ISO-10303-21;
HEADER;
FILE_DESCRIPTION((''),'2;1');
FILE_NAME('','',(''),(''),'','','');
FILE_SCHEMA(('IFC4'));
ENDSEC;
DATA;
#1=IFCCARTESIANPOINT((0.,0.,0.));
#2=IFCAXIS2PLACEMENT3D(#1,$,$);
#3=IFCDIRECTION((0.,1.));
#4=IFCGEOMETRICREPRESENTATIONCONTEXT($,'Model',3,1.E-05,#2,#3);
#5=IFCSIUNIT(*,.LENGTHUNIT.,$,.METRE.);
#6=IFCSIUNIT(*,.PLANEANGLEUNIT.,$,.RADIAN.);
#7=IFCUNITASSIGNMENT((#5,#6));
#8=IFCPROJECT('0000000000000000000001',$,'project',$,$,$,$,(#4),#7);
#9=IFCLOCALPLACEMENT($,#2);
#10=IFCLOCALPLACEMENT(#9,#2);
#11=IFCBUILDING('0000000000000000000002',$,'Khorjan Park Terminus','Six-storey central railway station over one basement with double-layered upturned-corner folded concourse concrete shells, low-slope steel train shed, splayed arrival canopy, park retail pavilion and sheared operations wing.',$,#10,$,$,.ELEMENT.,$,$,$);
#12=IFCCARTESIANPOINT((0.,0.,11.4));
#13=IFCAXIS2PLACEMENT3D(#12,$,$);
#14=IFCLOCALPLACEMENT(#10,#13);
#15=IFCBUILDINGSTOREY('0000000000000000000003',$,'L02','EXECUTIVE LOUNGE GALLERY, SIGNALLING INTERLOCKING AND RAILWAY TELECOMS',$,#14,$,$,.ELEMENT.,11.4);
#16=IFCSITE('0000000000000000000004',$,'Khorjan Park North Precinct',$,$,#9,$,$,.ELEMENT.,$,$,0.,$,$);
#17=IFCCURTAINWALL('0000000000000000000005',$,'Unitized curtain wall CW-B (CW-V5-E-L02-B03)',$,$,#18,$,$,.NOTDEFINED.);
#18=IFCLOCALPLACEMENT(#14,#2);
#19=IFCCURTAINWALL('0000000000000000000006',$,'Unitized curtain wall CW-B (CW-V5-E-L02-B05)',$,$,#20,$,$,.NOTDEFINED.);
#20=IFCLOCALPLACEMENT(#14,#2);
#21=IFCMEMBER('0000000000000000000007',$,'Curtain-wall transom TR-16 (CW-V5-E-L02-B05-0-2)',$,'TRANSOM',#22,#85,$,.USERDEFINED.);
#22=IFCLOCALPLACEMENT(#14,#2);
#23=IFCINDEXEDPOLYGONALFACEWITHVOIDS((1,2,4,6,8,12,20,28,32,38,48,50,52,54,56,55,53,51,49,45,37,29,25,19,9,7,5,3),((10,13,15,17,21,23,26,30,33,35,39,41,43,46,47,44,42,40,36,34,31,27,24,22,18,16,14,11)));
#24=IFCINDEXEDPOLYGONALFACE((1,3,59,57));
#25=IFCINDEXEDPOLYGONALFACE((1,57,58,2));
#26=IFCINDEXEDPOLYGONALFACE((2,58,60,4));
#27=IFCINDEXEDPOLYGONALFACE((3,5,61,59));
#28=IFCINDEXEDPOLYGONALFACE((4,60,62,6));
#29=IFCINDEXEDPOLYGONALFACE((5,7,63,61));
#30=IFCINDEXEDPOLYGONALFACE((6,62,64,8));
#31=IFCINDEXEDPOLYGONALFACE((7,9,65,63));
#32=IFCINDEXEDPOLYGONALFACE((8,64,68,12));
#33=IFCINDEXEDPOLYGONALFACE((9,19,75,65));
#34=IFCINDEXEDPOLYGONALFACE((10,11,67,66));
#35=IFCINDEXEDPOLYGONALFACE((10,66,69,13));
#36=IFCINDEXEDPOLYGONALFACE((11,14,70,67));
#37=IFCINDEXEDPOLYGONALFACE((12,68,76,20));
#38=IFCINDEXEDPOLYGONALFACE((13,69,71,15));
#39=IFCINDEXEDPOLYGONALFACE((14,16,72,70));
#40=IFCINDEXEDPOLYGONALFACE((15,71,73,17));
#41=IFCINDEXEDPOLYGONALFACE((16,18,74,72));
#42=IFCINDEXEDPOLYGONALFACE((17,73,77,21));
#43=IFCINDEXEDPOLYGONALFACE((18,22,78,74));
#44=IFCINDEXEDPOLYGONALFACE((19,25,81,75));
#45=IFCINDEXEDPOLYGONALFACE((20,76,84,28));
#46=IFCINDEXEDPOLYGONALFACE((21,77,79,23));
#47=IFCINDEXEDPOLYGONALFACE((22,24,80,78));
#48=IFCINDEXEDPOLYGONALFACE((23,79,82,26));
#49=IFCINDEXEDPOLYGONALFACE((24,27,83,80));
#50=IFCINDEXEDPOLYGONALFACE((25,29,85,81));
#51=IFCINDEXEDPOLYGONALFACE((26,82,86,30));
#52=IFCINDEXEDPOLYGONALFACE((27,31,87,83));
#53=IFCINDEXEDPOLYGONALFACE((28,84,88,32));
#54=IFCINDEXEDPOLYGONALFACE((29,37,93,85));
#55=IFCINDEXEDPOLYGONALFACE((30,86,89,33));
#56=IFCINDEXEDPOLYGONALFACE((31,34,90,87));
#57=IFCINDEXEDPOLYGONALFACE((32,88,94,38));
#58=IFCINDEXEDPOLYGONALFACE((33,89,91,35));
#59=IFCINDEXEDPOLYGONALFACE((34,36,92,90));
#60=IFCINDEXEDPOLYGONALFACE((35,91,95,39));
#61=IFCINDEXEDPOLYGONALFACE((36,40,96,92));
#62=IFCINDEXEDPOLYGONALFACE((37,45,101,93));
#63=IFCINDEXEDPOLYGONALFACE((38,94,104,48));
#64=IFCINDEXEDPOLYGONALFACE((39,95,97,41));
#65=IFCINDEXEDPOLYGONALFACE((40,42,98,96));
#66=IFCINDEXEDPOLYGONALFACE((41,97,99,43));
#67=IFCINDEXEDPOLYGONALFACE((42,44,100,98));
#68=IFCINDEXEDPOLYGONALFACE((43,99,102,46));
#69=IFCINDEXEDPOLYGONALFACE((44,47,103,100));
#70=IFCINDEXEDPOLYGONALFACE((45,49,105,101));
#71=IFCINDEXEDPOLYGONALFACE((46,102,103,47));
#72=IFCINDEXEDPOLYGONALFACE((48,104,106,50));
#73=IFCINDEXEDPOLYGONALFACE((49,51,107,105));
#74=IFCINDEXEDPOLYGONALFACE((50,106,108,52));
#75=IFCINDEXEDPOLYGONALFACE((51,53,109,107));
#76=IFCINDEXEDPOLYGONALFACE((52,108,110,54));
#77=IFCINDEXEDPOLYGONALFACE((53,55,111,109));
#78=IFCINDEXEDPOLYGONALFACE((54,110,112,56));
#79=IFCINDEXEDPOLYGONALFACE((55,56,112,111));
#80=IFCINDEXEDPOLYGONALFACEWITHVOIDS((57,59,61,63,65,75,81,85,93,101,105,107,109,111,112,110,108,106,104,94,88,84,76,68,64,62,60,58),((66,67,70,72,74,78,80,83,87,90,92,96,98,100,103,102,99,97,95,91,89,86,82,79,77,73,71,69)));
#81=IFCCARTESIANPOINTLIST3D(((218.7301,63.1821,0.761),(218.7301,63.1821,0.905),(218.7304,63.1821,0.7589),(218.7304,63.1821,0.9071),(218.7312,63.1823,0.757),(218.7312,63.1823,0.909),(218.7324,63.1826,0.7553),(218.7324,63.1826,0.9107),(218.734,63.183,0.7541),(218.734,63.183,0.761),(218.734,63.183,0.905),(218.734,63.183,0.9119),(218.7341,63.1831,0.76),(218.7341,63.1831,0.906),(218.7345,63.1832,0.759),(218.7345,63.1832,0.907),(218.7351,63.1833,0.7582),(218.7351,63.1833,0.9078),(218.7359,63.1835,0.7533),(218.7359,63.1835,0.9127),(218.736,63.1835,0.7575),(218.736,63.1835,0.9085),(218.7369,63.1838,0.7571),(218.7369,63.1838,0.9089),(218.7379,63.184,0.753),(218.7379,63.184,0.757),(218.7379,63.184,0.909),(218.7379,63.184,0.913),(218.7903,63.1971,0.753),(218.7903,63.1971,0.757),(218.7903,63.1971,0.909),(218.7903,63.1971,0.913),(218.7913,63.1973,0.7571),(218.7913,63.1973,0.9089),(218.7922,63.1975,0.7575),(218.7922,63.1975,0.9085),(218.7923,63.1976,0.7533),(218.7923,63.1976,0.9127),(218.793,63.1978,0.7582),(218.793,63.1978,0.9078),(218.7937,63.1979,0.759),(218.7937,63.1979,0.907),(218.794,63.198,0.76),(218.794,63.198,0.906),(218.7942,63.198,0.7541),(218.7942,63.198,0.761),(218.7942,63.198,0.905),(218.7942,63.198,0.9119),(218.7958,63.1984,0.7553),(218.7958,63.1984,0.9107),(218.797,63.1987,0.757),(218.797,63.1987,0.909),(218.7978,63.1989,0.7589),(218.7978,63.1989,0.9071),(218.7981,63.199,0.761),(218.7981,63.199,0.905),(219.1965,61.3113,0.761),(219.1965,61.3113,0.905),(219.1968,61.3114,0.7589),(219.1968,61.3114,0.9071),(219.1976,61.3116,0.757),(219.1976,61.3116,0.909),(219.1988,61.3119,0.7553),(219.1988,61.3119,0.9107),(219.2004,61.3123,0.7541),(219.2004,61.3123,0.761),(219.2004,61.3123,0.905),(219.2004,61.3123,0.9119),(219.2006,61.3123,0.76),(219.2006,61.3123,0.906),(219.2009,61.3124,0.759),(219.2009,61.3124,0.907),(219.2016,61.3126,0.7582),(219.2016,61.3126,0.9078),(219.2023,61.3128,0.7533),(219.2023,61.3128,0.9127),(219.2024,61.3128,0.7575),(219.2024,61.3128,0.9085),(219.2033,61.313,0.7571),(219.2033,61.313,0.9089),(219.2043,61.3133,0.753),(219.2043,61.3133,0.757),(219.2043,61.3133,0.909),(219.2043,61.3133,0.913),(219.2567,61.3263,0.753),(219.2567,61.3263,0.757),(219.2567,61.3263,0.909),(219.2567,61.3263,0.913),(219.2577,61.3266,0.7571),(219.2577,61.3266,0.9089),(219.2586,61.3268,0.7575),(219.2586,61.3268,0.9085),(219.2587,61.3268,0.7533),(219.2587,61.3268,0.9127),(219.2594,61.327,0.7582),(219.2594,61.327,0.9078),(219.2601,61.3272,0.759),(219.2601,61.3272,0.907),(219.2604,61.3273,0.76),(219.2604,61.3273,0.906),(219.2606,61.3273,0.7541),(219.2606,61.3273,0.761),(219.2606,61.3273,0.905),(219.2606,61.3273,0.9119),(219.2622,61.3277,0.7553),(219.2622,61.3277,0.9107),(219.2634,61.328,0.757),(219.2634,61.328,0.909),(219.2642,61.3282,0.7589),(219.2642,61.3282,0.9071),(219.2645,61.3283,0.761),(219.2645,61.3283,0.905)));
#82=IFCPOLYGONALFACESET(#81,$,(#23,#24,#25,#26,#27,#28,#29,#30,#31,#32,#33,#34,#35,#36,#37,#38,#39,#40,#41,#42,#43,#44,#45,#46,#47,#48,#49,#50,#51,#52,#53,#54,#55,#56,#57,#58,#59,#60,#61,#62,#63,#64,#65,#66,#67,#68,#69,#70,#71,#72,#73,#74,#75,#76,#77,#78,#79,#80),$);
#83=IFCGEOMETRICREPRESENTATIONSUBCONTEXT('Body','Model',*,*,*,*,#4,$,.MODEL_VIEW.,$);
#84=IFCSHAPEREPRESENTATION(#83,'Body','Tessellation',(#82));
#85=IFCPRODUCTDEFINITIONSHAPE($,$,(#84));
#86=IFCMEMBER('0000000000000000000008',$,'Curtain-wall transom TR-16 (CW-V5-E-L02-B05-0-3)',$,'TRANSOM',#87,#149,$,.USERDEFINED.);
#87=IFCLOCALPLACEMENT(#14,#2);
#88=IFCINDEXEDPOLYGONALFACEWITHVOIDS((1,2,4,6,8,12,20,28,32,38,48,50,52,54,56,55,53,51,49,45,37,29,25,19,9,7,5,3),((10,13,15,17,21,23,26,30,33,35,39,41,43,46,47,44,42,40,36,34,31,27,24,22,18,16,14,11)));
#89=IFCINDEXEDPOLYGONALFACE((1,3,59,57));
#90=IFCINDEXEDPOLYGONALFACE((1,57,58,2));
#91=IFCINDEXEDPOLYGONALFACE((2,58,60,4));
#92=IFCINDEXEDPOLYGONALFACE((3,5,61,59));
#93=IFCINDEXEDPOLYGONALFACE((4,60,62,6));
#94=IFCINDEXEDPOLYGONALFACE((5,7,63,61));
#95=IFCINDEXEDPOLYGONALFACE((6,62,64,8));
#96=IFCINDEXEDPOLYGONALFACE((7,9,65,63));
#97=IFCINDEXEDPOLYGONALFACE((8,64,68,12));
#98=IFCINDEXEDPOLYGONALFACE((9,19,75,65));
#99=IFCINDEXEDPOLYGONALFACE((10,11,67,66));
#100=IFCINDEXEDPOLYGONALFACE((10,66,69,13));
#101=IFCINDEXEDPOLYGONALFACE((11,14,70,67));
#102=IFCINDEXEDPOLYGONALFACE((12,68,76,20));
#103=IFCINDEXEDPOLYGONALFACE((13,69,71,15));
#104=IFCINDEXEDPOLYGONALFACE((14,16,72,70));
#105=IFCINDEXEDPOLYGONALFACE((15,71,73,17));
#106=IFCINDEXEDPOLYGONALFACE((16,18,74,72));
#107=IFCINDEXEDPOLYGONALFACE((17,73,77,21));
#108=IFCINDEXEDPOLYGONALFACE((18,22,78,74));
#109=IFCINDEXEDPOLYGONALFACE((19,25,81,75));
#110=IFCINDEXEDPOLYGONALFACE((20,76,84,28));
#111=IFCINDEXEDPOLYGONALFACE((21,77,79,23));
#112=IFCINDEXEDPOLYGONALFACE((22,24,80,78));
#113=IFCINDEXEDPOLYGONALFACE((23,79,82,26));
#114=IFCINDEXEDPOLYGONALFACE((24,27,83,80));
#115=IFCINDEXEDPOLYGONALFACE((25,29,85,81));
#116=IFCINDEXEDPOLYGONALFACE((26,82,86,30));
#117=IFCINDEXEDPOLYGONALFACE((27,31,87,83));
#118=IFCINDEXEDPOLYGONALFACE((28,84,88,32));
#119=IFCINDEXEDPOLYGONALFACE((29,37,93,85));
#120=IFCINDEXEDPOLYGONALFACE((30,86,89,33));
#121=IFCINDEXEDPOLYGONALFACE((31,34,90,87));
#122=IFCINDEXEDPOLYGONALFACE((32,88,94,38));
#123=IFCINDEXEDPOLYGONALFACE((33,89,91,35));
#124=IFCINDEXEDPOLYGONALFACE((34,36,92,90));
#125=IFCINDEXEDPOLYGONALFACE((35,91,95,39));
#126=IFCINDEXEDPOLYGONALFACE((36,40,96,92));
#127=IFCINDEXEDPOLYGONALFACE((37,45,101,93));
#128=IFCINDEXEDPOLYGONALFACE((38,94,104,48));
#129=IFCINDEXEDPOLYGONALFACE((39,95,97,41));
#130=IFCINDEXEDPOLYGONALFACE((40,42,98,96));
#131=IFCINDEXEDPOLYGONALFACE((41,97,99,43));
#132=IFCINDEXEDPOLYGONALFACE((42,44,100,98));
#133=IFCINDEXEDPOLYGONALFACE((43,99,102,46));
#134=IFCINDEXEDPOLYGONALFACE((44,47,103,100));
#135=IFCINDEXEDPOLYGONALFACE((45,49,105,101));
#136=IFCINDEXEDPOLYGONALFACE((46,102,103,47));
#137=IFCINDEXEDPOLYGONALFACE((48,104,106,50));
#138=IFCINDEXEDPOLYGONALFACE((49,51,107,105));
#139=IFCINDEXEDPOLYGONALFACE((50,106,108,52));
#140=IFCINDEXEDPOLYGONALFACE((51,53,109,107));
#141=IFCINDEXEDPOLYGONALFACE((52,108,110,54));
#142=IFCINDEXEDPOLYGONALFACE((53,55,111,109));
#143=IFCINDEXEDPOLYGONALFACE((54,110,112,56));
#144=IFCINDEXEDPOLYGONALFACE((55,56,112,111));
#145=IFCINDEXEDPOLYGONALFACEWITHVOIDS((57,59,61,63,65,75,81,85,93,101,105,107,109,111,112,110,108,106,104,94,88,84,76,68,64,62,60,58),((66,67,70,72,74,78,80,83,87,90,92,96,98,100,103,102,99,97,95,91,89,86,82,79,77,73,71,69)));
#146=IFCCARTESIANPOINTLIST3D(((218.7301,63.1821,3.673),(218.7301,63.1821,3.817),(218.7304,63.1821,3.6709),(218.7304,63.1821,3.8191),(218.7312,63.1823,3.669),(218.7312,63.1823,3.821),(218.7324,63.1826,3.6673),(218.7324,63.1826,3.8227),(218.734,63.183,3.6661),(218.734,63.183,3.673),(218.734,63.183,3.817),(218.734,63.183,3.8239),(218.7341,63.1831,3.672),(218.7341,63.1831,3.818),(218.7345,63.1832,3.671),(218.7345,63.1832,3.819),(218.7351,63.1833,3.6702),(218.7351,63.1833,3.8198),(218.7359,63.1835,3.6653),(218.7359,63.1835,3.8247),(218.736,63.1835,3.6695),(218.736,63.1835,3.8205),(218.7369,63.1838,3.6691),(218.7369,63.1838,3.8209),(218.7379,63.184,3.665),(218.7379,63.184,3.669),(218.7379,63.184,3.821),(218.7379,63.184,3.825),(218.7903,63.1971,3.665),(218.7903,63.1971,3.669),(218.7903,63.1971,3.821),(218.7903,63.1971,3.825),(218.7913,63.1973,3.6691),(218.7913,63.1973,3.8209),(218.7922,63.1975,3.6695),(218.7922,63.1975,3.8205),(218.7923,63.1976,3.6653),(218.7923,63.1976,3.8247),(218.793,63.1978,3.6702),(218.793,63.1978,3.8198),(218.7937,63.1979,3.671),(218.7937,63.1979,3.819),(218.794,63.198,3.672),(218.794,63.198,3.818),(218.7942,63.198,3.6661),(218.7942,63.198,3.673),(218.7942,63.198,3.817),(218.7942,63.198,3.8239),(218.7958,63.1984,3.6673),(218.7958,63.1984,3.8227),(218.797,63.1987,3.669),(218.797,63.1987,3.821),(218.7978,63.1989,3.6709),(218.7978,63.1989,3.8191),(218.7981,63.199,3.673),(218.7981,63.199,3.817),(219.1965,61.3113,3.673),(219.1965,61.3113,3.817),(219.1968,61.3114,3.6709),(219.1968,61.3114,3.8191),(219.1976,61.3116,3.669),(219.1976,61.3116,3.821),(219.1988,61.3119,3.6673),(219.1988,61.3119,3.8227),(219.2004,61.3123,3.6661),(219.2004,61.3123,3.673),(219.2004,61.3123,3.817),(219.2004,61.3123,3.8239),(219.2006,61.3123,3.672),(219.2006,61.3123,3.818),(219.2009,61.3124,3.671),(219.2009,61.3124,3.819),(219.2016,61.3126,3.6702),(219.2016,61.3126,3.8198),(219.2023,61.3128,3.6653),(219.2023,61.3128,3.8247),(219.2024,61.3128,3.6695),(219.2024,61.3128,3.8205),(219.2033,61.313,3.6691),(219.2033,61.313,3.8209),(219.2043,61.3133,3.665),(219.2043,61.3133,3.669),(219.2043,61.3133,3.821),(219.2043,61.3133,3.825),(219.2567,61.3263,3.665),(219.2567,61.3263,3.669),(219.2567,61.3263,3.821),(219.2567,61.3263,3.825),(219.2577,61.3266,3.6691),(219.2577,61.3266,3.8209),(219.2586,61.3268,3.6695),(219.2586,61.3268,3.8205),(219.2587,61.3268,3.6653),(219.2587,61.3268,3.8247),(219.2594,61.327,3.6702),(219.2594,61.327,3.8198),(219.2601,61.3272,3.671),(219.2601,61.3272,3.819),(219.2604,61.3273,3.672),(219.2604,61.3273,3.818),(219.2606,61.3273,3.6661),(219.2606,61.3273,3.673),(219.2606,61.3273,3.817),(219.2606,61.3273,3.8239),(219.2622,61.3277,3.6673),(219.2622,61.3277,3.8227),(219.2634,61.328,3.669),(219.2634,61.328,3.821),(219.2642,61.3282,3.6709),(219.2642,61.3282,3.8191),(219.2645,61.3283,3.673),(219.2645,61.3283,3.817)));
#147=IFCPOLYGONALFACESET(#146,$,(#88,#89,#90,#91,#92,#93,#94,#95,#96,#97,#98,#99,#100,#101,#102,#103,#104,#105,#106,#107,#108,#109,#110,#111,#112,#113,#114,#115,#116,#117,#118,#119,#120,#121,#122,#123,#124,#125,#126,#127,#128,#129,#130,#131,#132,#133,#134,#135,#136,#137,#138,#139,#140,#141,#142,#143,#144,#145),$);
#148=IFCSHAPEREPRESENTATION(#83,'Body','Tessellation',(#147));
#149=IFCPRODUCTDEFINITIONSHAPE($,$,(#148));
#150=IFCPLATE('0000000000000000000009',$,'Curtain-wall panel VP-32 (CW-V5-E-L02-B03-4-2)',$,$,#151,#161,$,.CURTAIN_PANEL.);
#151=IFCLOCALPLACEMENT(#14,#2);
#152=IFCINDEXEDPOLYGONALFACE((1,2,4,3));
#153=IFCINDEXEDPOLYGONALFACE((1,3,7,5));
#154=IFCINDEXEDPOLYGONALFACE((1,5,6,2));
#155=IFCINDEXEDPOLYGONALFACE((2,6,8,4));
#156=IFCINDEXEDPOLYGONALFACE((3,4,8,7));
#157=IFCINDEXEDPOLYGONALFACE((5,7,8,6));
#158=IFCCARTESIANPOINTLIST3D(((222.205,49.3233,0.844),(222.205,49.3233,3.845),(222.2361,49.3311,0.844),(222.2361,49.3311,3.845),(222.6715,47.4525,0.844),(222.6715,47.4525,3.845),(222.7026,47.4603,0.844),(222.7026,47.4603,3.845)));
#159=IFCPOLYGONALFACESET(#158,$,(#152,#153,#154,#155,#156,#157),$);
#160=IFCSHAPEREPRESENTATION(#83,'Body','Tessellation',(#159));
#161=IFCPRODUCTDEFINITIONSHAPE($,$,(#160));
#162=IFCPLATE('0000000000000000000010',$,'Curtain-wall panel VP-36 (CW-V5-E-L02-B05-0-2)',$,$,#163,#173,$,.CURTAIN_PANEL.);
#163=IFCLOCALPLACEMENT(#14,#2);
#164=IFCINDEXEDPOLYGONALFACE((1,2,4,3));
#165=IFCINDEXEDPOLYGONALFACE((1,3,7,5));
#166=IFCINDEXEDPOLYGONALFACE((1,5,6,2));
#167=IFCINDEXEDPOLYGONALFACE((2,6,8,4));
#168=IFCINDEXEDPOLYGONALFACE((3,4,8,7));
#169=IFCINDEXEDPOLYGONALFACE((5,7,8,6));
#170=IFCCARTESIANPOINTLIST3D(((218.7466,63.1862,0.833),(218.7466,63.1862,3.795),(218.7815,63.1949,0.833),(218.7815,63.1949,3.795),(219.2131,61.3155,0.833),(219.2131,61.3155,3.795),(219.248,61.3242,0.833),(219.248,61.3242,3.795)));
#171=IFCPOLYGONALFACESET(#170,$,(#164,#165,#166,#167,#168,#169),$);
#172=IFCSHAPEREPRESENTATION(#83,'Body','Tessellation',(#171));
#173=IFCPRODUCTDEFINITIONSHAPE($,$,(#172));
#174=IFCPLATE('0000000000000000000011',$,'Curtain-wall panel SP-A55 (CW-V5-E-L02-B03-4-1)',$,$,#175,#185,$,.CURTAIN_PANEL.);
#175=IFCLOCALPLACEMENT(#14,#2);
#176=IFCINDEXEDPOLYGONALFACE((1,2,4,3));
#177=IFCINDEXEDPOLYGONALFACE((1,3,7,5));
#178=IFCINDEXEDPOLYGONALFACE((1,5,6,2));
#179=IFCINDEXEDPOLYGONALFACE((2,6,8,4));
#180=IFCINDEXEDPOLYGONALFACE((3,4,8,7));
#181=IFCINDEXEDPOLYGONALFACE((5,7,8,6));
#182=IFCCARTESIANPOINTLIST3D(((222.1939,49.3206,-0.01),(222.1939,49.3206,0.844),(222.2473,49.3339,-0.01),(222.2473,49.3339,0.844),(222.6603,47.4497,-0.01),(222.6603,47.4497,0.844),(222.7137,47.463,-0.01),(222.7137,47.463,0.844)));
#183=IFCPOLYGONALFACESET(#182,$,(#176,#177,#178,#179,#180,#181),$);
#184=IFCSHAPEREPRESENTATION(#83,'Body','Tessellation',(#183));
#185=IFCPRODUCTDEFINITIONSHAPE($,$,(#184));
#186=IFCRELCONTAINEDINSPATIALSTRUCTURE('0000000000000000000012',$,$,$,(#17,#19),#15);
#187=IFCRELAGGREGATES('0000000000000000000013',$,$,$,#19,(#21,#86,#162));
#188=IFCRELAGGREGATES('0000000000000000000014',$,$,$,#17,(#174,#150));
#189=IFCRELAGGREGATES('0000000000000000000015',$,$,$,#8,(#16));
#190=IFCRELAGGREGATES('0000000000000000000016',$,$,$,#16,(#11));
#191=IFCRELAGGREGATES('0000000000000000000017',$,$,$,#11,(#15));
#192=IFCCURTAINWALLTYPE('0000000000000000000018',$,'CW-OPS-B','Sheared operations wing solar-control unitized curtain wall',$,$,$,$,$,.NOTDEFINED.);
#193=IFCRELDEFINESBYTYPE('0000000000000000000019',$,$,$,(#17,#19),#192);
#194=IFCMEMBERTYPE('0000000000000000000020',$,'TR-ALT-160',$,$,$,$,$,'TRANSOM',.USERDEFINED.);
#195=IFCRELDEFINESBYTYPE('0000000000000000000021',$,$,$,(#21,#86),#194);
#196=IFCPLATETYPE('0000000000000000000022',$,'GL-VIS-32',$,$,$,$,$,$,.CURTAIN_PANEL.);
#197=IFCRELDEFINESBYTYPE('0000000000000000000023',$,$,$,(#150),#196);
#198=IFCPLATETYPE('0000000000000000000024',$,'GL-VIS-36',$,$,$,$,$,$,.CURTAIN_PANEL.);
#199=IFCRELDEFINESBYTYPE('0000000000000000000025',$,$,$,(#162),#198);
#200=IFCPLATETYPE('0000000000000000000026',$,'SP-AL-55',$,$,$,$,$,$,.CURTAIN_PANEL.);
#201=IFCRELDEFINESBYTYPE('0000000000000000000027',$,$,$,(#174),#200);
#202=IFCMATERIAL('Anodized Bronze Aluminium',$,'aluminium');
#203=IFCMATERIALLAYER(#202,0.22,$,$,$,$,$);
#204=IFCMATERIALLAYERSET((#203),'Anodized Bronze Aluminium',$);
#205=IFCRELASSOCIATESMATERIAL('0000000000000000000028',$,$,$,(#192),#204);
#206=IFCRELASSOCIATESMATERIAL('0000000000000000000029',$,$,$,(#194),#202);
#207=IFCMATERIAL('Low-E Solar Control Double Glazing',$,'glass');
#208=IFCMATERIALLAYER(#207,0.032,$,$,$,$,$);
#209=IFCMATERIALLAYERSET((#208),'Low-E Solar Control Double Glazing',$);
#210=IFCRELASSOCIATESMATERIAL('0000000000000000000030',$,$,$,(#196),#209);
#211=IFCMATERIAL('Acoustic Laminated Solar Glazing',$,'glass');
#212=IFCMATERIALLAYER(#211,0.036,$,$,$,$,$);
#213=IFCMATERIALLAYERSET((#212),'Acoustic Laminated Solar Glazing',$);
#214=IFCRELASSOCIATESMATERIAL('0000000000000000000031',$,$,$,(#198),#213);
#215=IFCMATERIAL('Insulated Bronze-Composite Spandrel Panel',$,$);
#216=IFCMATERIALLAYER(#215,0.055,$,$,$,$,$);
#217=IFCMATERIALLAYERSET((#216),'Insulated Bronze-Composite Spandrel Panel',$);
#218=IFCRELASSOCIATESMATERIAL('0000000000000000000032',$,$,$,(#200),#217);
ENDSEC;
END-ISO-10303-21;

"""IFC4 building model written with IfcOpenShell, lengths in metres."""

from ifc_helpers import new_model, si_unit, direction, frame, origin, origin_2d, place, context, subcontext, project, spatial, rectangle, hollow_rectangle, extrude, material, layer, layer_set, material_profile, profile_set, type_object, element, aggregate, save


model = new_model("IFC4")

# Units and contexts
model_context = context("Model", 3, precision=1e-05, world=origin(), true_north=direction((0.0, 1.0)))
body_context = subcontext(model_context, "Body", "Model", "MODEL_VIEW")
ifc_project = project(units=[si_unit("LENGTHUNIT", "METRE"), si_unit("PLANEANGLEUNIT", "RADIAN")], contexts=[model_context])

# Site, building, storey
site_placement = place(None, origin())
site = spatial("IfcSite", under=ifc_project, at=site_placement, Name="Khorjan Park North Precinct", CompositionType="ELEMENT", RefElevation=0.0)
building_placement = place(site_placement, origin())
building = spatial("IfcBuilding", under=site, at=building_placement, Name="Khorjan Park Terminus", Description="Six-storey central railway station over one basement with double-layered upturned-corner folded concourse concrete shells, low-slope steel train shed, splayed arrival canopy, park retail pavilion and sheared operations wing.", CompositionType="ELEMENT")
storey_placement = place(building_placement, frame((0.0, 0.0, 11.4)))
storey = spatial("IfcBuildingStorey", under=building, at=storey_placement, Name="L02", Description="EXECUTIVE LOUNGE GALLERY, SIGNALLING INTERLOCKING AND RAILWAY TELECOMS", CompositionType="ELEMENT", Elevation=11.4)

# Curtain wall
ifc_material_1 = material(Name="Anodized Bronze Aluminium", Category="aluminium")
ifc_layer_1 = layer(ifc_material_1, 0.22)
ifc_layer_set_1 = layer_set([ifc_layer_1], Name="Anodized Bronze Aluminium")
curtain_wall_type = type_object("IfcCurtainWallType", Name="CW-OPS-B", Description="Sheared operations wing solar-control unitized curtain wall", PredefinedType="NOTDEFINED", material=ifc_layer_set_1)
curtain_wall_1_placement = place(storey_placement, origin())
curtain_wall_1 = element("IfcCurtainWall", 1, at=curtain_wall_1_placement, inside=storey, type_object=curtain_wall_type, Name="Unitized curtain wall CW-B (CW-V5-E-L02-B03)", PredefinedType="NOTDEFINED")

# Curtain wall, members
curtain_wall_2_placement = place(storey_placement, origin())
curtain_wall_2 = element("IfcCurtainWall", 2, at=curtain_wall_2_placement, inside=storey, type_object=curtain_wall_type, Name="Unitized curtain wall CW-B (CW-V5-E-L02-B05)", PredefinedType="NOTDEFINED")
ifc_material_profile_1 = material_profile(ifc_material_1, hollow_rectangle(XDim=0.07, YDim=0.16, WallThickness=0.004, InnerFilletRadius=0.004, OuterFilletRadius=0.008, at=origin_2d()), Name="ALT 70x160x4")
ifc_profile_set_1 = profile_set([ifc_material_profile_1], Name="Anodized Bronze Aluminium")
member_type_1 = type_object("IfcMemberType", Name="TR-ALT-160", ElementType="TRANSOM", PredefinedType="USERDEFINED", material=ifc_profile_set_1)
member_1_placement = place(storey_placement, frame((219.2305, 61.3198, 0.833), z_axis=(-0.241913, 0.970298, 0.0), x_axis=(-0.970298, -0.241913, 0.0)))
member_1 = element("IfcMember", 3, at=member_1_placement, type_object=member_type_1, Name="Curtain-wall transom TR-16 (CW-V5-E-L02-B05-0-2)", ObjectType="TRANSOM", PredefinedType="USERDEFINED", context=body_context, shape_type="SweptSolid", body=[
    extrude(hollow_rectangle(XDim=0.07, YDim=0.16, WallThickness=0.004, InnerFilletRadius=0.004, OuterFilletRadius=0.008, at=origin_2d()), origin(), (0.0, 0.0, 1.0), 1.928),
])
member_2_placement = place(storey_placement, frame((219.2305, 61.3198, 3.745), z_axis=(-0.241913, 0.970298, 0.0), x_axis=(-0.970298, -0.241913, 0.0)))
member_2 = element("IfcMember", 4, at=member_2_placement, type_object=member_type_1, Name="Curtain-wall transom TR-16 (CW-V5-E-L02-B05-0-3)", ObjectType="TRANSOM", PredefinedType="USERDEFINED", context=body_context, shape_type="SweptSolid", body=[
    extrude(hollow_rectangle(XDim=0.07, YDim=0.16, WallThickness=0.004, InnerFilletRadius=0.004, OuterFilletRadius=0.008, at=origin_2d()), origin(), (0.0, 0.0, 1.0), 1.928),
])

# Plates
ifc_material_2 = material(Name="Low-E Solar Control Double Glazing", Category="glass")
ifc_layer_2 = layer(ifc_material_2, 0.032)
ifc_layer_set_2 = layer_set([ifc_layer_2], Name="Low-E Solar Control Double Glazing")
plate_type_1 = type_object("IfcPlateType", Name="GL-VIS-32", PredefinedType="CURTAIN_PANEL", material=ifc_layer_set_2)
plate_1_placement = place(storey_placement, frame((222.4538, 48.3918, 0.844), z_axis=(0.0, 0.0, 1.0), x_axis=(-0.241923, 0.970295, 0.0)))
plate_1 = element("IfcPlate", 5, at=plate_1_placement, type_object=plate_type_1, Name="Curtain-wall panel VP-32 (CW-V5-E-L02-B03-4-2)", PredefinedType="CURTAIN_PANEL", context=body_context, shape_type="SweptSolid", body=[
    extrude(rectangle(XDim=1.9281, YDim=0.032, at=origin_2d()), origin(), (0.0, 0.0, 1.0), 3.001),
])
ifc_material_3 = material(Name="Acoustic Laminated Solar Glazing", Category="glass")
ifc_layer_3 = layer(ifc_material_3, 0.036)
ifc_layer_set_3 = layer_set([ifc_layer_3], Name="Acoustic Laminated Solar Glazing")
plate_type_2 = type_object("IfcPlateType", Name="GL-VIS-36", PredefinedType="CURTAIN_PANEL", material=ifc_layer_set_3)
plate_2_placement = place(storey_placement, frame((218.9973, 62.2552, 0.833), z_axis=(0.0, 0.0, 1.0), x_axis=(-0.241935, 0.970292, 0.0)))
plate_2 = element("IfcPlate", 6, at=plate_2_placement, type_object=plate_type_2, Name="Curtain-wall panel VP-36 (CW-V5-E-L02-B05-0-2)", PredefinedType="CURTAIN_PANEL", context=body_context, shape_type="SweptSolid", body=[
    extrude(rectangle(XDim=1.928, YDim=0.036, at=origin_2d()), origin(), (0.0, 0.0, 1.0), 2.962),
])
aggregate(curtain_wall_2, [member_1, member_2, plate_2])
ifc_material_4 = material(Name="Insulated Bronze-Composite Spandrel Panel")
ifc_layer_4 = layer(ifc_material_4, 0.055)
ifc_layer_set_4 = layer_set([ifc_layer_4], Name="Insulated Bronze-Composite Spandrel Panel")
plate_type_3 = type_object("IfcPlateType", Name="SP-AL-55", PredefinedType="CURTAIN_PANEL", material=ifc_layer_set_4)
plate_3_placement = place(storey_placement, frame((222.4538, 48.3918, -0.01), z_axis=(0.0, 0.0, 1.0), x_axis=(-0.241923, 0.970295, 0.0)))
plate_3 = element("IfcPlate", 7, at=plate_3_placement, type_object=plate_type_3, Name="Curtain-wall panel SP-A55 (CW-V5-E-L02-B03-4-1)", PredefinedType="CURTAIN_PANEL", context=body_context, shape_type="SweptSolid", body=[
    extrude(rectangle(XDim=1.9281, YDim=0.055, at=origin_2d()), origin(), (0.0, 0.0, 1.0), 0.854),
])
aggregate(curtain_wall_1, [plate_3, plate_1])

save(model, "model.ifc")
